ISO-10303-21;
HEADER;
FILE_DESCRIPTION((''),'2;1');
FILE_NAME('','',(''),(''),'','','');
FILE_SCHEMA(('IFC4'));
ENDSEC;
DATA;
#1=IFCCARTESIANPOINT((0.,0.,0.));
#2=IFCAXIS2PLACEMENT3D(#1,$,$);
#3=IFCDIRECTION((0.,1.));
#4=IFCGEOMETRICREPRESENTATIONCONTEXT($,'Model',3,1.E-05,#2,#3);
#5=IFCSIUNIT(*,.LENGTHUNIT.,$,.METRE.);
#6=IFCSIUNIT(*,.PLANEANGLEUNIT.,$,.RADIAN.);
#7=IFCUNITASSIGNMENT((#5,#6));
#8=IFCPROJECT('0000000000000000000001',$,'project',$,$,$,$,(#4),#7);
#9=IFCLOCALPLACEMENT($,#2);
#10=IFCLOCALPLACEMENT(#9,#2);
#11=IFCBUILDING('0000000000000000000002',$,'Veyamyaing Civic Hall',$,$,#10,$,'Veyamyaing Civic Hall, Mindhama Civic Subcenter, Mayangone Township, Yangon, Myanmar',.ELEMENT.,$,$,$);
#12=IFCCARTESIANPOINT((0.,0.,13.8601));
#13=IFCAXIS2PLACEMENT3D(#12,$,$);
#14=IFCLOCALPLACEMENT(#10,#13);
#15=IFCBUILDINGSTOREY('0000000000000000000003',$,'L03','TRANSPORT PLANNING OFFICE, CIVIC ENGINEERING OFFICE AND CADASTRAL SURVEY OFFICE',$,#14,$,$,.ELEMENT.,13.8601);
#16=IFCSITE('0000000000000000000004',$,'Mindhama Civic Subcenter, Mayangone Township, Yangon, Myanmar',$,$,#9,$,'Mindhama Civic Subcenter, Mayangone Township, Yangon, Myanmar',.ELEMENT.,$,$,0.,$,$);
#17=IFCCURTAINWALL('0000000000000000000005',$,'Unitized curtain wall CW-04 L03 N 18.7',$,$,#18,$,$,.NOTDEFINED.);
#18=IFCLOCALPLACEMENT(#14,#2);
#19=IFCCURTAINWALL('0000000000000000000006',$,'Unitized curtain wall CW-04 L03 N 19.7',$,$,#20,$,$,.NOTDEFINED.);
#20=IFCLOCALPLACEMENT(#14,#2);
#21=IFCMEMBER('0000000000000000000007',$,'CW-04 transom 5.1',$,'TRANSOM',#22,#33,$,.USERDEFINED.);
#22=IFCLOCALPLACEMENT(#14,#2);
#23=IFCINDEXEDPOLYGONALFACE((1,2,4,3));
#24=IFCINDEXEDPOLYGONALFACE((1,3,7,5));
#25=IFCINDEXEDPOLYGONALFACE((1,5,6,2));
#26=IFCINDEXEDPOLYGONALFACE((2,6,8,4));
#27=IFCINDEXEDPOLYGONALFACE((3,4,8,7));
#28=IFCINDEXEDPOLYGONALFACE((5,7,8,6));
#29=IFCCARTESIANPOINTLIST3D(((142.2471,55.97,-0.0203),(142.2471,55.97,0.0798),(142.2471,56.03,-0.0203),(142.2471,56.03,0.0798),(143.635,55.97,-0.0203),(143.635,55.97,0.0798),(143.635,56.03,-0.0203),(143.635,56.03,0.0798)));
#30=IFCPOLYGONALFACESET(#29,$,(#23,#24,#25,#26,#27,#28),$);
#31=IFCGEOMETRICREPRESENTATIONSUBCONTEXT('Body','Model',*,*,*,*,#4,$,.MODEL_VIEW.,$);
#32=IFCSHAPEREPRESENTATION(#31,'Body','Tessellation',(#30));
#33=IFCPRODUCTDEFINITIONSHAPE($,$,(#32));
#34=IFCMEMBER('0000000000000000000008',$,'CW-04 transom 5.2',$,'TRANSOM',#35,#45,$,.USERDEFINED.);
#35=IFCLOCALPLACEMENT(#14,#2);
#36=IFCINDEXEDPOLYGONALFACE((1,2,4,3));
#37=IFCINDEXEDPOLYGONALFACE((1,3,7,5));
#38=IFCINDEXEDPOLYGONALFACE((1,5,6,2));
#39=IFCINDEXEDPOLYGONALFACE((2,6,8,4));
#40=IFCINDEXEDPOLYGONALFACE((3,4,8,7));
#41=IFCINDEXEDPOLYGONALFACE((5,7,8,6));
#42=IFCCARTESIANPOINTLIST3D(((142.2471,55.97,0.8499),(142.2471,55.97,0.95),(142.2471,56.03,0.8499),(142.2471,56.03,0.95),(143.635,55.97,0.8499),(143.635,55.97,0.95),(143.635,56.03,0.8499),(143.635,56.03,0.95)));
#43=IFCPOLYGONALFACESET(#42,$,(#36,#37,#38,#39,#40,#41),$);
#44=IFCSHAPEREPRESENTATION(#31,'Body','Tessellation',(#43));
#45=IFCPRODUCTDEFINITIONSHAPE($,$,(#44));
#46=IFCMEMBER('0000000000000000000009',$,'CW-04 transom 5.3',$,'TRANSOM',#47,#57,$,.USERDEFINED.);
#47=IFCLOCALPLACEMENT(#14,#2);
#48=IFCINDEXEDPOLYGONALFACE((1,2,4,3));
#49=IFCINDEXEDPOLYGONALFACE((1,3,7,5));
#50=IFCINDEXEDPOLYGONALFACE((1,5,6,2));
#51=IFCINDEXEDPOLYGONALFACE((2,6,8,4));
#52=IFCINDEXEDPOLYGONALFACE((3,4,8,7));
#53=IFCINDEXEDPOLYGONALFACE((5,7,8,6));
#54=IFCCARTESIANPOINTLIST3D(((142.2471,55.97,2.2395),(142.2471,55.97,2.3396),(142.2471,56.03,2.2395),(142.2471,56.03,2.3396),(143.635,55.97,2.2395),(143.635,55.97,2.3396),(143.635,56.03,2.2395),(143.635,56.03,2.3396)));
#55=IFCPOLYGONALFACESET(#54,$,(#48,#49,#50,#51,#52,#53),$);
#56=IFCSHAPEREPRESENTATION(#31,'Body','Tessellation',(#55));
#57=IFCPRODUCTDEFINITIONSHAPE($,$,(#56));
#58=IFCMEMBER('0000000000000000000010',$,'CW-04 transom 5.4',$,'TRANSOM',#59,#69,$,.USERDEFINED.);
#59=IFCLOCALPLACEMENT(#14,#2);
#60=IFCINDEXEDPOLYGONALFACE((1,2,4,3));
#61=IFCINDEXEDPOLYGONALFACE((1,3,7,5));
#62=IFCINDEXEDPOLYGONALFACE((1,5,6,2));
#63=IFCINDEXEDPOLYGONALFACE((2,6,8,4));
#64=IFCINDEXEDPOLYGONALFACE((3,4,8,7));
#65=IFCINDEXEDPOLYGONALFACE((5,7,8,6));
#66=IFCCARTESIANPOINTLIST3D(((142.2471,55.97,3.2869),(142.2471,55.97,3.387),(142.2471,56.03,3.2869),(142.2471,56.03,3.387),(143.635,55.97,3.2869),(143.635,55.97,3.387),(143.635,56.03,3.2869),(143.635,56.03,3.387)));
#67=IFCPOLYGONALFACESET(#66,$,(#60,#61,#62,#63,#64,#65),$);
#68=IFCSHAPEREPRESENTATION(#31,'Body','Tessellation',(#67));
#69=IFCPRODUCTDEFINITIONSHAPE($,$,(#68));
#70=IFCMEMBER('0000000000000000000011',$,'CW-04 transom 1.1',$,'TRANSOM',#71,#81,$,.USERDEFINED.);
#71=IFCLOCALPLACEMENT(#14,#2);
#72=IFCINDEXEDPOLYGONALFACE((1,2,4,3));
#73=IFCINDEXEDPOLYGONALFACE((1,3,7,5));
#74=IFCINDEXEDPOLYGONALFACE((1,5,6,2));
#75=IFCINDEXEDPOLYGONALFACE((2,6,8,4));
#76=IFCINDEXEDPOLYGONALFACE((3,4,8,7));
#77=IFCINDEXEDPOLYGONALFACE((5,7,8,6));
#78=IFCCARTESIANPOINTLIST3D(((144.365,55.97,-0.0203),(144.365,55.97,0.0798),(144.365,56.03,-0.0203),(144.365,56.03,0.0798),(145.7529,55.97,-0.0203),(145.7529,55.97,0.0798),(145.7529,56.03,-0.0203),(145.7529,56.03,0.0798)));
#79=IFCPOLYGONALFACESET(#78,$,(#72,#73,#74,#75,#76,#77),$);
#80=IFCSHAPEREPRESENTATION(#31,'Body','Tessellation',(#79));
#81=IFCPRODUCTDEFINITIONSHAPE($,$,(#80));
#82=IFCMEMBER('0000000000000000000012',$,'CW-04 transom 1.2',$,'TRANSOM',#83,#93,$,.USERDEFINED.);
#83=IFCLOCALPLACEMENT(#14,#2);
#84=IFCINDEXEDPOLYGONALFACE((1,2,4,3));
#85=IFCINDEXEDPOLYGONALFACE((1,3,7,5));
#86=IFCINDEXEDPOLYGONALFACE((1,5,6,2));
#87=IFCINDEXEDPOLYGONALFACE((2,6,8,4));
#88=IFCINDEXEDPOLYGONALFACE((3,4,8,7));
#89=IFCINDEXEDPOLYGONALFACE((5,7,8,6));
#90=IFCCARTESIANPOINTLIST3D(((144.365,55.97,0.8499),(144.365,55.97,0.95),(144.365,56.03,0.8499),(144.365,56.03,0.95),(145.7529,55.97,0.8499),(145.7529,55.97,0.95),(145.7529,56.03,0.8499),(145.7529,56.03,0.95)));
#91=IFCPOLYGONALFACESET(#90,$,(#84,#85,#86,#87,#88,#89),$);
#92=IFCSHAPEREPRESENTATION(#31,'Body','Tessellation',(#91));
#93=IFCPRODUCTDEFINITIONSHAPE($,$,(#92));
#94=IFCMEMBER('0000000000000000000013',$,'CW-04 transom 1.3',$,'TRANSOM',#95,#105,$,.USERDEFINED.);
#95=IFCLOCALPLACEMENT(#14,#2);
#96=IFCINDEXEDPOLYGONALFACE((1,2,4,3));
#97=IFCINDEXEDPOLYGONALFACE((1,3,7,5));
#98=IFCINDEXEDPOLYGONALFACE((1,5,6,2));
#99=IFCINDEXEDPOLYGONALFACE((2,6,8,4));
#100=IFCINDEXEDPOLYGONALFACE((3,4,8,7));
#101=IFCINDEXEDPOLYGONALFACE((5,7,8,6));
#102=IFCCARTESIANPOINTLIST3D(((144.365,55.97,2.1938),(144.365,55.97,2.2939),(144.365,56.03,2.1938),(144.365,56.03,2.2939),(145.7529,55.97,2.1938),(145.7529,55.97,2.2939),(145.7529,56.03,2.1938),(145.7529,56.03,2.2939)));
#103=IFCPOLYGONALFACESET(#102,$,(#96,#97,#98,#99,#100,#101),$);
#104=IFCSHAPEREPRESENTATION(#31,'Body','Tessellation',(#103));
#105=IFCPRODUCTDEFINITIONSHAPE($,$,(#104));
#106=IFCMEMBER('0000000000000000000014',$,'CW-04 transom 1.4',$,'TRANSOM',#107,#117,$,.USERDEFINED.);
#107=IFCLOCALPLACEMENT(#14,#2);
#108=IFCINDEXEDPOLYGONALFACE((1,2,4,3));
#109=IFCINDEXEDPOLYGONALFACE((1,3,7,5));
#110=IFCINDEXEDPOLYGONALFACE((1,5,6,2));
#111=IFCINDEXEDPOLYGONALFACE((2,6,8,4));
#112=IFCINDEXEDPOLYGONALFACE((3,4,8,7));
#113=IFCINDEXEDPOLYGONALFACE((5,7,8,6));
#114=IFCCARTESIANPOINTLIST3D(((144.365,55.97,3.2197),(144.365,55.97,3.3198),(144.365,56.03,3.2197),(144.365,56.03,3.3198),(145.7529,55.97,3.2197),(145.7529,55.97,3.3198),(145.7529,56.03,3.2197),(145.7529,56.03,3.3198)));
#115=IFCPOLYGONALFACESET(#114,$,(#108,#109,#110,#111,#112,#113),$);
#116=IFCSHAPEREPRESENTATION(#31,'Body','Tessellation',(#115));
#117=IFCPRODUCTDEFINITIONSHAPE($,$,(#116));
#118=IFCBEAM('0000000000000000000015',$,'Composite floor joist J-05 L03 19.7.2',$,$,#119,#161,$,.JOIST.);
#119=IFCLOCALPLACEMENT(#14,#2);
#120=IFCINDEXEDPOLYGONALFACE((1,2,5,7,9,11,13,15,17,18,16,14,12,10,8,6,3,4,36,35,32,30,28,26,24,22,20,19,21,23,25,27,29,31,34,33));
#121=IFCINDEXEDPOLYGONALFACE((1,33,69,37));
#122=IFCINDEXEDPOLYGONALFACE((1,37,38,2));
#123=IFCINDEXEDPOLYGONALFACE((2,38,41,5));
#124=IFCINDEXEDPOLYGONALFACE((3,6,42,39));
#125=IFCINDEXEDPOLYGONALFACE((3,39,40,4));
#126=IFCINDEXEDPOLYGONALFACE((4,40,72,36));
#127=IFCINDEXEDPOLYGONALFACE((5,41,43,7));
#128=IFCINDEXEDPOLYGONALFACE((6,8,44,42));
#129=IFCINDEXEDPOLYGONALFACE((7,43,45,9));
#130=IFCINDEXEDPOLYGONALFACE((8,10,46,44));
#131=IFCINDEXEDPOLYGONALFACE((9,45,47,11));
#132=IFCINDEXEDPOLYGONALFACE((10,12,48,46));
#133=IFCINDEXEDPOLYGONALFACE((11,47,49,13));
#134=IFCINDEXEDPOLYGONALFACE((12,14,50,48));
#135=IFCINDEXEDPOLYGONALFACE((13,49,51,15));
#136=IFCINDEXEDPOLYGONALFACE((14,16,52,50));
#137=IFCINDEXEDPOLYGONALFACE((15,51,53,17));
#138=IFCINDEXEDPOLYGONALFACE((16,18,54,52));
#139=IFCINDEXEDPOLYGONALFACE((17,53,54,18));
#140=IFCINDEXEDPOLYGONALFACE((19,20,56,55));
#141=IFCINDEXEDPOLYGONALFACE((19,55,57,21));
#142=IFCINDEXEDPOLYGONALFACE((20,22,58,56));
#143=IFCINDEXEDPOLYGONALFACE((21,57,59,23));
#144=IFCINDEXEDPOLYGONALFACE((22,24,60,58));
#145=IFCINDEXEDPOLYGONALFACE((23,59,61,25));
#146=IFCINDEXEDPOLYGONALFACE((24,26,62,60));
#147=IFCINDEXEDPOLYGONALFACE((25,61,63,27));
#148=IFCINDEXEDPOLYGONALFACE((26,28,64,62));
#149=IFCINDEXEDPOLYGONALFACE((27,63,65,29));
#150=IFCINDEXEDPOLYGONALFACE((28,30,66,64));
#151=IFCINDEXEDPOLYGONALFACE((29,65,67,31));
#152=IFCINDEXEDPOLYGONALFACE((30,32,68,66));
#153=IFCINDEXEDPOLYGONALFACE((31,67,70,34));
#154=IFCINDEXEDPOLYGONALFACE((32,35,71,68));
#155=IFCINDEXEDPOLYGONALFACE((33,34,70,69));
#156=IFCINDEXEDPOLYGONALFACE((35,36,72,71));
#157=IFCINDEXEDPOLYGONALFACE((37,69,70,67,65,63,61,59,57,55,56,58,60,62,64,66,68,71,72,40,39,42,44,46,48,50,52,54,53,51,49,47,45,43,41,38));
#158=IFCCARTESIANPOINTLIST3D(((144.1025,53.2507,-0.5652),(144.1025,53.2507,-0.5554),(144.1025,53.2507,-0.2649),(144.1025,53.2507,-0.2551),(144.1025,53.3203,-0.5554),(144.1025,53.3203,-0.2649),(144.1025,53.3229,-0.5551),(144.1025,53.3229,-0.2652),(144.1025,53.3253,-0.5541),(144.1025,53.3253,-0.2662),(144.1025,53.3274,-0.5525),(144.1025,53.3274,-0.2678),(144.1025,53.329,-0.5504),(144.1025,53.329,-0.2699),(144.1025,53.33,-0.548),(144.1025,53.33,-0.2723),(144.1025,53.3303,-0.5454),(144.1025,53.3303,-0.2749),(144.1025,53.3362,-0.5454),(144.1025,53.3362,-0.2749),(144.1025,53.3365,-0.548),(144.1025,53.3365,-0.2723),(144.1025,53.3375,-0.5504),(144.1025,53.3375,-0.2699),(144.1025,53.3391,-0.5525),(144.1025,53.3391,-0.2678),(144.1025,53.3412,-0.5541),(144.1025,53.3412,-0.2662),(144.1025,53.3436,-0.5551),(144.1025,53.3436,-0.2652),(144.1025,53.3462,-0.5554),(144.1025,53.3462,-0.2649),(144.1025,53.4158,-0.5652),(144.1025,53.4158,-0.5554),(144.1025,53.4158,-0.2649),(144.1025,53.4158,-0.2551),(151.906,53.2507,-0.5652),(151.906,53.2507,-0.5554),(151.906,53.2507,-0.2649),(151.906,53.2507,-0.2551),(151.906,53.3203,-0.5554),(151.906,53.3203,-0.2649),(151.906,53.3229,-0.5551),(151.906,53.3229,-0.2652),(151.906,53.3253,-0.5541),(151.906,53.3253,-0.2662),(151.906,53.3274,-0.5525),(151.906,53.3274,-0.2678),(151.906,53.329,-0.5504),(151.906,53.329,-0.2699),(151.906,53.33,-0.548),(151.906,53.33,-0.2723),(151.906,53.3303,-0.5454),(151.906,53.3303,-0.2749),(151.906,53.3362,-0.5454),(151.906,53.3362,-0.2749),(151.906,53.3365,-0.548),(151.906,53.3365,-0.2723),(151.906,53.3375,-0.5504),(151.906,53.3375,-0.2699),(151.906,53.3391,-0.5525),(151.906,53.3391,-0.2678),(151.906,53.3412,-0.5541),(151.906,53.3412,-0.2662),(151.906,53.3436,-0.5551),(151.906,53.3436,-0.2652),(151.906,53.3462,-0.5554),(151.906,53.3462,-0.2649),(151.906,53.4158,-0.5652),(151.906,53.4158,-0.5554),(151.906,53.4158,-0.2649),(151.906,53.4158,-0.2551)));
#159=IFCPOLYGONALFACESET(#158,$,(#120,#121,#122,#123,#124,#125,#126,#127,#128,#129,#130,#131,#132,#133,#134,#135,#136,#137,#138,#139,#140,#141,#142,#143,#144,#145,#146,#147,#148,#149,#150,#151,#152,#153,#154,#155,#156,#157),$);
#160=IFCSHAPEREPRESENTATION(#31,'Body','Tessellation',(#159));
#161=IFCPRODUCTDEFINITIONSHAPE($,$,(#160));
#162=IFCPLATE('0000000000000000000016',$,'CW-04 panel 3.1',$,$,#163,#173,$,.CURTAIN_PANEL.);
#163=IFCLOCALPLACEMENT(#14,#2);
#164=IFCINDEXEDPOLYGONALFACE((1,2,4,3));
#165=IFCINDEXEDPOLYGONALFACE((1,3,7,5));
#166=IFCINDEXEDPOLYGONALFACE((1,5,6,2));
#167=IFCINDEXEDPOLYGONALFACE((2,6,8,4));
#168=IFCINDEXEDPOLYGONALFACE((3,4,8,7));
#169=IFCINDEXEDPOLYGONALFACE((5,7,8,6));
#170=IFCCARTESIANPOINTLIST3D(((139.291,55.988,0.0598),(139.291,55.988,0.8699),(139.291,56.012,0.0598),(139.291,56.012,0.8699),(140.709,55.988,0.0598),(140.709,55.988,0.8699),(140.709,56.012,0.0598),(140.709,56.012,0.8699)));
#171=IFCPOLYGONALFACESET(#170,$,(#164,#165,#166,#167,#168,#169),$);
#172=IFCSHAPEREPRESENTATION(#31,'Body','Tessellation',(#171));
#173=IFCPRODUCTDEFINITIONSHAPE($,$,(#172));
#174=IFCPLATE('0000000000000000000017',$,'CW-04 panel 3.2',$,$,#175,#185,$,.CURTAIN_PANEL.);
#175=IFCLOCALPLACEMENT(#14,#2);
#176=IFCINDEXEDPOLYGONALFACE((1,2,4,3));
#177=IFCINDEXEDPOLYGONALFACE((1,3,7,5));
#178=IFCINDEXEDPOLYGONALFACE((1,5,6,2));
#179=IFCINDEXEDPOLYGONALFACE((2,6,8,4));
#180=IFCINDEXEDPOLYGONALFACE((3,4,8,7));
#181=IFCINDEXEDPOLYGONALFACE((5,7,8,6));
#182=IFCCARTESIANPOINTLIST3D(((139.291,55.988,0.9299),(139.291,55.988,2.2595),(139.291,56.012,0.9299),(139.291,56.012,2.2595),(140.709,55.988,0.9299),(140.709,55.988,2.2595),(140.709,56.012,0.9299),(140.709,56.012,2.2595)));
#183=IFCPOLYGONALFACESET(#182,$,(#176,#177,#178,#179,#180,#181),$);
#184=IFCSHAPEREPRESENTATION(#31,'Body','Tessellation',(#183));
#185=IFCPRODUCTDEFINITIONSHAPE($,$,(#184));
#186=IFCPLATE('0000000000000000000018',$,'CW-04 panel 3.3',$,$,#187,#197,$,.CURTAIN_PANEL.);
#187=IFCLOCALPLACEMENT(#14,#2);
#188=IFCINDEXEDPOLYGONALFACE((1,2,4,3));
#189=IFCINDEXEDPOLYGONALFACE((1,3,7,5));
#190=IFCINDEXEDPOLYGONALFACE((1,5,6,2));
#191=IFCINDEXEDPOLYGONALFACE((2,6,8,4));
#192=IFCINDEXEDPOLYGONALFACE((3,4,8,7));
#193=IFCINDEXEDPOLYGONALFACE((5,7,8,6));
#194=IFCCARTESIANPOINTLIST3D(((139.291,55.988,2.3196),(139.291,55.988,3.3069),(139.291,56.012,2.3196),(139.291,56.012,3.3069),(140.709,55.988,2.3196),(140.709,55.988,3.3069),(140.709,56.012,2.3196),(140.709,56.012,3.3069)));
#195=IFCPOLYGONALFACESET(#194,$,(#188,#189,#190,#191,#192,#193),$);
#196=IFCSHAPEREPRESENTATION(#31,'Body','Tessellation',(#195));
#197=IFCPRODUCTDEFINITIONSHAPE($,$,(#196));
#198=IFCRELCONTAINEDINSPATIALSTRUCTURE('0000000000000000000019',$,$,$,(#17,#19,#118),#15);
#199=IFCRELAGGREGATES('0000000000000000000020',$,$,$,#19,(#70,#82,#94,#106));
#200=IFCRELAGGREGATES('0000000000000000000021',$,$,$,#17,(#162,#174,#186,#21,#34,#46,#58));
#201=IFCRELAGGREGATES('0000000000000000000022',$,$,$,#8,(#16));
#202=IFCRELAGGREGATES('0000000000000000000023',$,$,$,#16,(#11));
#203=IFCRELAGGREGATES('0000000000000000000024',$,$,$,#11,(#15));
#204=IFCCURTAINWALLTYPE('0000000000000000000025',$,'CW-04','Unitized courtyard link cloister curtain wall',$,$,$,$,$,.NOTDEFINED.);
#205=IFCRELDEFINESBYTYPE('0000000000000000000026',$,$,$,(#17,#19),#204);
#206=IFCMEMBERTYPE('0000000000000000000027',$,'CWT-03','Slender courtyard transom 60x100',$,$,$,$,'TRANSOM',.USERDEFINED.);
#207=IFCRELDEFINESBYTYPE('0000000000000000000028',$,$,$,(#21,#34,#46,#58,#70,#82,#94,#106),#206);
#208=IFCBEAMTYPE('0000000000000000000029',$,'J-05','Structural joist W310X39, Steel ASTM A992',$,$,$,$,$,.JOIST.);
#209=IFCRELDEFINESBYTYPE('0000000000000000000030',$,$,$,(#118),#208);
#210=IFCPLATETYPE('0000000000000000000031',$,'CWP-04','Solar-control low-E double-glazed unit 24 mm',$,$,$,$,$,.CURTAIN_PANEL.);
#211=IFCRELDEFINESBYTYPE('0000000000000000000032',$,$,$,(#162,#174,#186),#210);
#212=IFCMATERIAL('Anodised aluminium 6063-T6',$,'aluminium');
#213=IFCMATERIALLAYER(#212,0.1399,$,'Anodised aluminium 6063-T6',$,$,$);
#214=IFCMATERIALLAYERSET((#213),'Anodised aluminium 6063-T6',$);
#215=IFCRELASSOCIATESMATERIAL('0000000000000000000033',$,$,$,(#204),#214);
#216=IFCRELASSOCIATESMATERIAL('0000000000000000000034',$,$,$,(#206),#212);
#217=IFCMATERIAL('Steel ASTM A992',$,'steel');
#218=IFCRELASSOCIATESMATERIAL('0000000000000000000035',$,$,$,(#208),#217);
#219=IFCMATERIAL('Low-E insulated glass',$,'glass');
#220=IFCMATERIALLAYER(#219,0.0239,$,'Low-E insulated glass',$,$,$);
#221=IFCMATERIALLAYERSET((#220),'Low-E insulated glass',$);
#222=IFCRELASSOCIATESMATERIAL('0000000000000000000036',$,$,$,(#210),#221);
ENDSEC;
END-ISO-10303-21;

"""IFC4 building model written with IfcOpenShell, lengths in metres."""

from ifc_helpers import new_model, si_unit, direction, frame, origin, origin_2d, place, context, subcontext, project, spatial, rectangle, i_section, extrude, material, layer, layer_set, material_profile, profile_set, type_object, element, aggregate, save


model = new_model("IFC4")

# Units and contexts
model_context = context("Model", 3, precision=1e-05, world=origin(), true_north=direction((0.0, 1.0)))
body_context = subcontext(model_context, "Body", "Model", "MODEL_VIEW")
ifc_project = project(units=[si_unit("LENGTHUNIT", "METRE"), si_unit("PLANEANGLEUNIT", "RADIAN")], contexts=[model_context])

# Site, building, storey
site_placement = place(None, origin())
site = spatial("IfcSite", under=ifc_project, at=site_placement, Name="Mindhama Civic Subcenter, Mayangone Township, Yangon, Myanmar", LongName="Mindhama Civic Subcenter, Mayangone Township, Yangon, Myanmar", CompositionType="ELEMENT", RefElevation=0.0)
building_placement = place(site_placement, origin())
building = spatial("IfcBuilding", under=site, at=building_placement, Name="Veyamyaing Civic Hall", LongName="Veyamyaing Civic Hall, Mindhama Civic Subcenter, Mayangone Township, Yangon, Myanmar", CompositionType="ELEMENT")
storey_placement = place(building_placement, frame((0.0, 0.0, 13.8601)))
storey = spatial("IfcBuildingStorey", under=building, at=storey_placement, Name="L03", Description="TRANSPORT PLANNING OFFICE, CIVIC ENGINEERING OFFICE AND CADASTRAL SURVEY OFFICE", CompositionType="ELEMENT", Elevation=13.8601)

# Shared definitions
ifc_material_1 = material(Name="Steel ASTM A992", Category="steel")

# Curtain wall
ifc_material_2 = material(Name="Anodised aluminium 6063-T6", Category="aluminium")
ifc_layer_1 = layer(ifc_material_2, 0.1399, Name="Anodised aluminium 6063-T6")
ifc_layer_set_1 = layer_set([ifc_layer_1], Name="Anodised aluminium 6063-T6")
curtain_wall_type = type_object("IfcCurtainWallType", Name="CW-04", Description="Unitized courtyard link cloister curtain wall", PredefinedType="NOTDEFINED", material=ifc_layer_set_1)
curtain_wall_1_placement = place(storey_placement, origin())
curtain_wall_1 = element("IfcCurtainWall", 1, at=curtain_wall_1_placement, inside=storey, type_object=curtain_wall_type, Name="Unitized curtain wall CW-04 L03 N 18.7", PredefinedType="NOTDEFINED")

# Curtain wall
curtain_wall_2_placement = place(storey_placement, origin())
curtain_wall_2 = element("IfcCurtainWall", 2, at=curtain_wall_2_placement, inside=storey, type_object=curtain_wall_type, Name="Unitized curtain wall CW-04 L03 N 19.7", PredefinedType="NOTDEFINED")

# Members
ifc_material_profile_1 = material_profile(ifc_material_2, rectangle(XDim=0.0601, YDim=0.1001, at=origin_2d()), Name="ALU-TRN-60X100")
ifc_profile_set_1 = profile_set([ifc_material_profile_1], Name="Anodised aluminium 6063-T6")
member_type_1 = type_object("IfcMemberType", Name="CWT-03", Description="Slender courtyard transom 60x100", ElementType="TRANSOM", PredefinedType="USERDEFINED", material=ifc_profile_set_1)
member_1_placement = place(storey_placement, frame((142.2471, 56.0, 0.0298), z_axis=(1.0, 0.0, 0.0), x_axis=(0.0, 1.0, 0.0)))
member_1 = element("IfcMember", 3, at=member_1_placement, type_object=member_type_1, Name="CW-04 transom 5.1", ObjectType="TRANSOM", PredefinedType="USERDEFINED", context=body_context, shape_type="SweptSolid", body=[
    extrude(rectangle(XDim=0.0601, YDim=0.1001, at=origin_2d()), origin(), (0.0, 0.0, 1.0), 1.3879),
])
member_2_placement = place(storey_placement, frame((142.2471, 56.0, 0.8999), z_axis=(1.0, 0.0, 0.0), x_axis=(0.0, 1.0, 0.0)))
member_2 = element("IfcMember", 4, at=member_2_placement, type_object=member_type_1, Name="CW-04 transom 5.2", ObjectType="TRANSOM", PredefinedType="USERDEFINED", context=body_context, shape_type="SweptSolid", body=[
    extrude(rectangle(XDim=0.0601, YDim=0.1001, at=origin_2d()), origin(), (0.0, 0.0, 1.0), 1.3879),
])
member_3_placement = place(storey_placement, frame((142.2471, 56.0, 2.2896), z_axis=(1.0, 0.0, 0.0), x_axis=(0.0, 1.0, 0.0)))
member_3 = element("IfcMember", 5, at=member_3_placement, type_object=member_type_1, Name="CW-04 transom 5.3", ObjectType="TRANSOM", PredefinedType="USERDEFINED", context=body_context, shape_type="SweptSolid", body=[
    extrude(rectangle(XDim=0.0601, YDim=0.1001, at=origin_2d()), origin(), (0.0, 0.0, 1.0), 1.3879),
])
member_4_placement = place(storey_placement, frame((142.2471, 56.0, 3.3369), z_axis=(1.0, 0.0, 0.0), x_axis=(0.0, 1.0, 0.0)))
member_4 = element("IfcMember", 6, at=member_4_placement, type_object=member_type_1, Name="CW-04 transom 5.4", ObjectType="TRANSOM", PredefinedType="USERDEFINED", context=body_context, shape_type="SweptSolid", body=[
    extrude(rectangle(XDim=0.0601, YDim=0.1001, at=origin_2d()), origin(), (0.0, 0.0, 1.0), 1.3879),
])
member_5_placement = place(storey_placement, frame((144.365, 56.0, 0.0298), z_axis=(1.0, 0.0, 0.0), x_axis=(0.0, 1.0, 0.0)))
member_5 = element("IfcMember", 7, at=member_5_placement, type_object=member_type_1, Name="CW-04 transom 1.1", ObjectType="TRANSOM", PredefinedType="USERDEFINED", context=body_context, shape_type="SweptSolid", body=[
    extrude(rectangle(XDim=0.0601, YDim=0.1001, at=origin_2d()), origin(), (0.0, 0.0, 1.0), 1.3879),
])
member_6_placement = place(storey_placement, frame((144.365, 56.0, 0.8999), z_axis=(1.0, 0.0, 0.0), x_axis=(0.0, 1.0, 0.0)))
member_6 = element("IfcMember", 8, at=member_6_placement, type_object=member_type_1, Name="CW-04 transom 1.2", ObjectType="TRANSOM", PredefinedType="USERDEFINED", context=body_context, shape_type="SweptSolid", body=[
    extrude(rectangle(XDim=0.0601, YDim=0.1001, at=origin_2d()), origin(), (0.0, 0.0, 1.0), 1.3879),
])
member_7_placement = place(storey_placement, frame((144.365, 56.0, 2.2439), z_axis=(1.0, 0.0, 0.0), x_axis=(0.0, 1.0, 0.0)))
member_7 = element("IfcMember", 9, at=member_7_placement, type_object=member_type_1, Name="CW-04 transom 1.3", ObjectType="TRANSOM", PredefinedType="USERDEFINED", context=body_context, shape_type="SweptSolid", body=[
    extrude(rectangle(XDim=0.0601, YDim=0.1001, at=origin_2d()), origin(), (0.0, 0.0, 1.0), 1.3879),
])
member_8_placement = place(storey_placement, frame((144.365, 56.0, 3.2698), z_axis=(1.0, 0.0, 0.0), x_axis=(0.0, 1.0, 0.0)))
member_8 = element("IfcMember", 10, at=member_8_placement, type_object=member_type_1, Name="CW-04 transom 1.4", ObjectType="TRANSOM", PredefinedType="USERDEFINED", context=body_context, shape_type="SweptSolid", body=[
    extrude(rectangle(XDim=0.0601, YDim=0.1001, at=origin_2d()), origin(), (0.0, 0.0, 1.0), 1.3879),
])
aggregate(curtain_wall_2, [member_5, member_6, member_7, member_8])

# Beam
ifc_material_profile_2 = material_profile(ifc_material_1, i_section(OverallWidth=0.165, OverallDepth=0.3101, WebThickness=0.0059, FlangeThickness=0.0098, FilletRadius=0.01, at=origin_2d()), Name="W310X39")
ifc_profile_set_2 = profile_set([ifc_material_profile_2], Name="Steel ASTM A992")
beam_type_1 = type_object("IfcBeamType", Name="J-05", Description="Structural joist W310X39, Steel ASTM A992", PredefinedType="JOIST", material=ifc_profile_set_2)
beam_1_placement = place(storey_placement, frame((144.1025, 53.3333, -0.4102), z_axis=(1.0, 0.0, 0.0), x_axis=(0.0, 1.0, 0.0)))
element("IfcBeam", 11, at=beam_1_placement, inside=storey, type_object=beam_type_1, Name="Composite floor joist J-05 L03 19.7.2", PredefinedType="JOIST", context=body_context, shape_type="SweptSolid", body=[
    extrude(i_section(OverallWidth=0.165, OverallDepth=0.3101, WebThickness=0.0059, FlangeThickness=0.0098, FilletRadius=0.01, at=origin_2d()), origin(), (0.0, 0.0, 1.0), 7.8035),
])

# Plates
ifc_material_3 = material(Name="Low-E insulated glass", Category="glass")
ifc_layer_2 = layer(ifc_material_3, 0.0239, Name="Low-E insulated glass")
ifc_layer_set_2 = layer_set([ifc_layer_2], Name="Low-E insulated glass")
plate_type = type_object("IfcPlateType", Name="CWP-04", Description="Solar-control low-E double-glazed unit 24 mm", PredefinedType="CURTAIN_PANEL", material=ifc_layer_set_2)
plate_1_placement = place(storey_placement, frame((140.0, 56.0, 0.0598), z_axis=(0.0, 0.0, 1.0), x_axis=(1.0, 0.0, 0.0)))
plate_1 = element("IfcPlate", 12, at=plate_1_placement, type_object=plate_type, Name="CW-04 panel 3.1", PredefinedType="CURTAIN_PANEL", context=body_context, shape_type="SweptSolid", body=[
    extrude(rectangle(XDim=1.418, YDim=0.0239, at=origin_2d()), origin(), (0.0, 0.0, 1.0), 0.8101),
])
plate_2_placement = place(storey_placement, frame((140.0, 56.0, 0.9299), z_axis=(0.0, 0.0, 1.0), x_axis=(1.0, 0.0, 0.0)))
plate_2 = element("IfcPlate", 13, at=plate_2_placement, type_object=plate_type, Name="CW-04 panel 3.2", PredefinedType="CURTAIN_PANEL", context=body_context, shape_type="SweptSolid", body=[
    extrude(rectangle(XDim=1.418, YDim=0.0239, at=origin_2d()), origin(), (0.0, 0.0, 1.0), 1.3296),
])
plate_3_placement = place(storey_placement, frame((140.0, 56.0, 2.3196), z_axis=(0.0, 0.0, 1.0), x_axis=(1.0, 0.0, 0.0)))
plate_3 = element("IfcPlate", 14, at=plate_3_placement, type_object=plate_type, Name="CW-04 panel 3.3", PredefinedType="CURTAIN_PANEL", context=body_context, shape_type="SweptSolid", body=[
    extrude(rectangle(XDim=1.418, YDim=0.0239, at=origin_2d()), origin(), (0.0, 0.0, 1.0), 0.9873),
])
aggregate(curtain_wall_1, [plate_1, plate_2, plate_3, member_1, member_2, member_3, member_4])

save(model, "model.ifc")
